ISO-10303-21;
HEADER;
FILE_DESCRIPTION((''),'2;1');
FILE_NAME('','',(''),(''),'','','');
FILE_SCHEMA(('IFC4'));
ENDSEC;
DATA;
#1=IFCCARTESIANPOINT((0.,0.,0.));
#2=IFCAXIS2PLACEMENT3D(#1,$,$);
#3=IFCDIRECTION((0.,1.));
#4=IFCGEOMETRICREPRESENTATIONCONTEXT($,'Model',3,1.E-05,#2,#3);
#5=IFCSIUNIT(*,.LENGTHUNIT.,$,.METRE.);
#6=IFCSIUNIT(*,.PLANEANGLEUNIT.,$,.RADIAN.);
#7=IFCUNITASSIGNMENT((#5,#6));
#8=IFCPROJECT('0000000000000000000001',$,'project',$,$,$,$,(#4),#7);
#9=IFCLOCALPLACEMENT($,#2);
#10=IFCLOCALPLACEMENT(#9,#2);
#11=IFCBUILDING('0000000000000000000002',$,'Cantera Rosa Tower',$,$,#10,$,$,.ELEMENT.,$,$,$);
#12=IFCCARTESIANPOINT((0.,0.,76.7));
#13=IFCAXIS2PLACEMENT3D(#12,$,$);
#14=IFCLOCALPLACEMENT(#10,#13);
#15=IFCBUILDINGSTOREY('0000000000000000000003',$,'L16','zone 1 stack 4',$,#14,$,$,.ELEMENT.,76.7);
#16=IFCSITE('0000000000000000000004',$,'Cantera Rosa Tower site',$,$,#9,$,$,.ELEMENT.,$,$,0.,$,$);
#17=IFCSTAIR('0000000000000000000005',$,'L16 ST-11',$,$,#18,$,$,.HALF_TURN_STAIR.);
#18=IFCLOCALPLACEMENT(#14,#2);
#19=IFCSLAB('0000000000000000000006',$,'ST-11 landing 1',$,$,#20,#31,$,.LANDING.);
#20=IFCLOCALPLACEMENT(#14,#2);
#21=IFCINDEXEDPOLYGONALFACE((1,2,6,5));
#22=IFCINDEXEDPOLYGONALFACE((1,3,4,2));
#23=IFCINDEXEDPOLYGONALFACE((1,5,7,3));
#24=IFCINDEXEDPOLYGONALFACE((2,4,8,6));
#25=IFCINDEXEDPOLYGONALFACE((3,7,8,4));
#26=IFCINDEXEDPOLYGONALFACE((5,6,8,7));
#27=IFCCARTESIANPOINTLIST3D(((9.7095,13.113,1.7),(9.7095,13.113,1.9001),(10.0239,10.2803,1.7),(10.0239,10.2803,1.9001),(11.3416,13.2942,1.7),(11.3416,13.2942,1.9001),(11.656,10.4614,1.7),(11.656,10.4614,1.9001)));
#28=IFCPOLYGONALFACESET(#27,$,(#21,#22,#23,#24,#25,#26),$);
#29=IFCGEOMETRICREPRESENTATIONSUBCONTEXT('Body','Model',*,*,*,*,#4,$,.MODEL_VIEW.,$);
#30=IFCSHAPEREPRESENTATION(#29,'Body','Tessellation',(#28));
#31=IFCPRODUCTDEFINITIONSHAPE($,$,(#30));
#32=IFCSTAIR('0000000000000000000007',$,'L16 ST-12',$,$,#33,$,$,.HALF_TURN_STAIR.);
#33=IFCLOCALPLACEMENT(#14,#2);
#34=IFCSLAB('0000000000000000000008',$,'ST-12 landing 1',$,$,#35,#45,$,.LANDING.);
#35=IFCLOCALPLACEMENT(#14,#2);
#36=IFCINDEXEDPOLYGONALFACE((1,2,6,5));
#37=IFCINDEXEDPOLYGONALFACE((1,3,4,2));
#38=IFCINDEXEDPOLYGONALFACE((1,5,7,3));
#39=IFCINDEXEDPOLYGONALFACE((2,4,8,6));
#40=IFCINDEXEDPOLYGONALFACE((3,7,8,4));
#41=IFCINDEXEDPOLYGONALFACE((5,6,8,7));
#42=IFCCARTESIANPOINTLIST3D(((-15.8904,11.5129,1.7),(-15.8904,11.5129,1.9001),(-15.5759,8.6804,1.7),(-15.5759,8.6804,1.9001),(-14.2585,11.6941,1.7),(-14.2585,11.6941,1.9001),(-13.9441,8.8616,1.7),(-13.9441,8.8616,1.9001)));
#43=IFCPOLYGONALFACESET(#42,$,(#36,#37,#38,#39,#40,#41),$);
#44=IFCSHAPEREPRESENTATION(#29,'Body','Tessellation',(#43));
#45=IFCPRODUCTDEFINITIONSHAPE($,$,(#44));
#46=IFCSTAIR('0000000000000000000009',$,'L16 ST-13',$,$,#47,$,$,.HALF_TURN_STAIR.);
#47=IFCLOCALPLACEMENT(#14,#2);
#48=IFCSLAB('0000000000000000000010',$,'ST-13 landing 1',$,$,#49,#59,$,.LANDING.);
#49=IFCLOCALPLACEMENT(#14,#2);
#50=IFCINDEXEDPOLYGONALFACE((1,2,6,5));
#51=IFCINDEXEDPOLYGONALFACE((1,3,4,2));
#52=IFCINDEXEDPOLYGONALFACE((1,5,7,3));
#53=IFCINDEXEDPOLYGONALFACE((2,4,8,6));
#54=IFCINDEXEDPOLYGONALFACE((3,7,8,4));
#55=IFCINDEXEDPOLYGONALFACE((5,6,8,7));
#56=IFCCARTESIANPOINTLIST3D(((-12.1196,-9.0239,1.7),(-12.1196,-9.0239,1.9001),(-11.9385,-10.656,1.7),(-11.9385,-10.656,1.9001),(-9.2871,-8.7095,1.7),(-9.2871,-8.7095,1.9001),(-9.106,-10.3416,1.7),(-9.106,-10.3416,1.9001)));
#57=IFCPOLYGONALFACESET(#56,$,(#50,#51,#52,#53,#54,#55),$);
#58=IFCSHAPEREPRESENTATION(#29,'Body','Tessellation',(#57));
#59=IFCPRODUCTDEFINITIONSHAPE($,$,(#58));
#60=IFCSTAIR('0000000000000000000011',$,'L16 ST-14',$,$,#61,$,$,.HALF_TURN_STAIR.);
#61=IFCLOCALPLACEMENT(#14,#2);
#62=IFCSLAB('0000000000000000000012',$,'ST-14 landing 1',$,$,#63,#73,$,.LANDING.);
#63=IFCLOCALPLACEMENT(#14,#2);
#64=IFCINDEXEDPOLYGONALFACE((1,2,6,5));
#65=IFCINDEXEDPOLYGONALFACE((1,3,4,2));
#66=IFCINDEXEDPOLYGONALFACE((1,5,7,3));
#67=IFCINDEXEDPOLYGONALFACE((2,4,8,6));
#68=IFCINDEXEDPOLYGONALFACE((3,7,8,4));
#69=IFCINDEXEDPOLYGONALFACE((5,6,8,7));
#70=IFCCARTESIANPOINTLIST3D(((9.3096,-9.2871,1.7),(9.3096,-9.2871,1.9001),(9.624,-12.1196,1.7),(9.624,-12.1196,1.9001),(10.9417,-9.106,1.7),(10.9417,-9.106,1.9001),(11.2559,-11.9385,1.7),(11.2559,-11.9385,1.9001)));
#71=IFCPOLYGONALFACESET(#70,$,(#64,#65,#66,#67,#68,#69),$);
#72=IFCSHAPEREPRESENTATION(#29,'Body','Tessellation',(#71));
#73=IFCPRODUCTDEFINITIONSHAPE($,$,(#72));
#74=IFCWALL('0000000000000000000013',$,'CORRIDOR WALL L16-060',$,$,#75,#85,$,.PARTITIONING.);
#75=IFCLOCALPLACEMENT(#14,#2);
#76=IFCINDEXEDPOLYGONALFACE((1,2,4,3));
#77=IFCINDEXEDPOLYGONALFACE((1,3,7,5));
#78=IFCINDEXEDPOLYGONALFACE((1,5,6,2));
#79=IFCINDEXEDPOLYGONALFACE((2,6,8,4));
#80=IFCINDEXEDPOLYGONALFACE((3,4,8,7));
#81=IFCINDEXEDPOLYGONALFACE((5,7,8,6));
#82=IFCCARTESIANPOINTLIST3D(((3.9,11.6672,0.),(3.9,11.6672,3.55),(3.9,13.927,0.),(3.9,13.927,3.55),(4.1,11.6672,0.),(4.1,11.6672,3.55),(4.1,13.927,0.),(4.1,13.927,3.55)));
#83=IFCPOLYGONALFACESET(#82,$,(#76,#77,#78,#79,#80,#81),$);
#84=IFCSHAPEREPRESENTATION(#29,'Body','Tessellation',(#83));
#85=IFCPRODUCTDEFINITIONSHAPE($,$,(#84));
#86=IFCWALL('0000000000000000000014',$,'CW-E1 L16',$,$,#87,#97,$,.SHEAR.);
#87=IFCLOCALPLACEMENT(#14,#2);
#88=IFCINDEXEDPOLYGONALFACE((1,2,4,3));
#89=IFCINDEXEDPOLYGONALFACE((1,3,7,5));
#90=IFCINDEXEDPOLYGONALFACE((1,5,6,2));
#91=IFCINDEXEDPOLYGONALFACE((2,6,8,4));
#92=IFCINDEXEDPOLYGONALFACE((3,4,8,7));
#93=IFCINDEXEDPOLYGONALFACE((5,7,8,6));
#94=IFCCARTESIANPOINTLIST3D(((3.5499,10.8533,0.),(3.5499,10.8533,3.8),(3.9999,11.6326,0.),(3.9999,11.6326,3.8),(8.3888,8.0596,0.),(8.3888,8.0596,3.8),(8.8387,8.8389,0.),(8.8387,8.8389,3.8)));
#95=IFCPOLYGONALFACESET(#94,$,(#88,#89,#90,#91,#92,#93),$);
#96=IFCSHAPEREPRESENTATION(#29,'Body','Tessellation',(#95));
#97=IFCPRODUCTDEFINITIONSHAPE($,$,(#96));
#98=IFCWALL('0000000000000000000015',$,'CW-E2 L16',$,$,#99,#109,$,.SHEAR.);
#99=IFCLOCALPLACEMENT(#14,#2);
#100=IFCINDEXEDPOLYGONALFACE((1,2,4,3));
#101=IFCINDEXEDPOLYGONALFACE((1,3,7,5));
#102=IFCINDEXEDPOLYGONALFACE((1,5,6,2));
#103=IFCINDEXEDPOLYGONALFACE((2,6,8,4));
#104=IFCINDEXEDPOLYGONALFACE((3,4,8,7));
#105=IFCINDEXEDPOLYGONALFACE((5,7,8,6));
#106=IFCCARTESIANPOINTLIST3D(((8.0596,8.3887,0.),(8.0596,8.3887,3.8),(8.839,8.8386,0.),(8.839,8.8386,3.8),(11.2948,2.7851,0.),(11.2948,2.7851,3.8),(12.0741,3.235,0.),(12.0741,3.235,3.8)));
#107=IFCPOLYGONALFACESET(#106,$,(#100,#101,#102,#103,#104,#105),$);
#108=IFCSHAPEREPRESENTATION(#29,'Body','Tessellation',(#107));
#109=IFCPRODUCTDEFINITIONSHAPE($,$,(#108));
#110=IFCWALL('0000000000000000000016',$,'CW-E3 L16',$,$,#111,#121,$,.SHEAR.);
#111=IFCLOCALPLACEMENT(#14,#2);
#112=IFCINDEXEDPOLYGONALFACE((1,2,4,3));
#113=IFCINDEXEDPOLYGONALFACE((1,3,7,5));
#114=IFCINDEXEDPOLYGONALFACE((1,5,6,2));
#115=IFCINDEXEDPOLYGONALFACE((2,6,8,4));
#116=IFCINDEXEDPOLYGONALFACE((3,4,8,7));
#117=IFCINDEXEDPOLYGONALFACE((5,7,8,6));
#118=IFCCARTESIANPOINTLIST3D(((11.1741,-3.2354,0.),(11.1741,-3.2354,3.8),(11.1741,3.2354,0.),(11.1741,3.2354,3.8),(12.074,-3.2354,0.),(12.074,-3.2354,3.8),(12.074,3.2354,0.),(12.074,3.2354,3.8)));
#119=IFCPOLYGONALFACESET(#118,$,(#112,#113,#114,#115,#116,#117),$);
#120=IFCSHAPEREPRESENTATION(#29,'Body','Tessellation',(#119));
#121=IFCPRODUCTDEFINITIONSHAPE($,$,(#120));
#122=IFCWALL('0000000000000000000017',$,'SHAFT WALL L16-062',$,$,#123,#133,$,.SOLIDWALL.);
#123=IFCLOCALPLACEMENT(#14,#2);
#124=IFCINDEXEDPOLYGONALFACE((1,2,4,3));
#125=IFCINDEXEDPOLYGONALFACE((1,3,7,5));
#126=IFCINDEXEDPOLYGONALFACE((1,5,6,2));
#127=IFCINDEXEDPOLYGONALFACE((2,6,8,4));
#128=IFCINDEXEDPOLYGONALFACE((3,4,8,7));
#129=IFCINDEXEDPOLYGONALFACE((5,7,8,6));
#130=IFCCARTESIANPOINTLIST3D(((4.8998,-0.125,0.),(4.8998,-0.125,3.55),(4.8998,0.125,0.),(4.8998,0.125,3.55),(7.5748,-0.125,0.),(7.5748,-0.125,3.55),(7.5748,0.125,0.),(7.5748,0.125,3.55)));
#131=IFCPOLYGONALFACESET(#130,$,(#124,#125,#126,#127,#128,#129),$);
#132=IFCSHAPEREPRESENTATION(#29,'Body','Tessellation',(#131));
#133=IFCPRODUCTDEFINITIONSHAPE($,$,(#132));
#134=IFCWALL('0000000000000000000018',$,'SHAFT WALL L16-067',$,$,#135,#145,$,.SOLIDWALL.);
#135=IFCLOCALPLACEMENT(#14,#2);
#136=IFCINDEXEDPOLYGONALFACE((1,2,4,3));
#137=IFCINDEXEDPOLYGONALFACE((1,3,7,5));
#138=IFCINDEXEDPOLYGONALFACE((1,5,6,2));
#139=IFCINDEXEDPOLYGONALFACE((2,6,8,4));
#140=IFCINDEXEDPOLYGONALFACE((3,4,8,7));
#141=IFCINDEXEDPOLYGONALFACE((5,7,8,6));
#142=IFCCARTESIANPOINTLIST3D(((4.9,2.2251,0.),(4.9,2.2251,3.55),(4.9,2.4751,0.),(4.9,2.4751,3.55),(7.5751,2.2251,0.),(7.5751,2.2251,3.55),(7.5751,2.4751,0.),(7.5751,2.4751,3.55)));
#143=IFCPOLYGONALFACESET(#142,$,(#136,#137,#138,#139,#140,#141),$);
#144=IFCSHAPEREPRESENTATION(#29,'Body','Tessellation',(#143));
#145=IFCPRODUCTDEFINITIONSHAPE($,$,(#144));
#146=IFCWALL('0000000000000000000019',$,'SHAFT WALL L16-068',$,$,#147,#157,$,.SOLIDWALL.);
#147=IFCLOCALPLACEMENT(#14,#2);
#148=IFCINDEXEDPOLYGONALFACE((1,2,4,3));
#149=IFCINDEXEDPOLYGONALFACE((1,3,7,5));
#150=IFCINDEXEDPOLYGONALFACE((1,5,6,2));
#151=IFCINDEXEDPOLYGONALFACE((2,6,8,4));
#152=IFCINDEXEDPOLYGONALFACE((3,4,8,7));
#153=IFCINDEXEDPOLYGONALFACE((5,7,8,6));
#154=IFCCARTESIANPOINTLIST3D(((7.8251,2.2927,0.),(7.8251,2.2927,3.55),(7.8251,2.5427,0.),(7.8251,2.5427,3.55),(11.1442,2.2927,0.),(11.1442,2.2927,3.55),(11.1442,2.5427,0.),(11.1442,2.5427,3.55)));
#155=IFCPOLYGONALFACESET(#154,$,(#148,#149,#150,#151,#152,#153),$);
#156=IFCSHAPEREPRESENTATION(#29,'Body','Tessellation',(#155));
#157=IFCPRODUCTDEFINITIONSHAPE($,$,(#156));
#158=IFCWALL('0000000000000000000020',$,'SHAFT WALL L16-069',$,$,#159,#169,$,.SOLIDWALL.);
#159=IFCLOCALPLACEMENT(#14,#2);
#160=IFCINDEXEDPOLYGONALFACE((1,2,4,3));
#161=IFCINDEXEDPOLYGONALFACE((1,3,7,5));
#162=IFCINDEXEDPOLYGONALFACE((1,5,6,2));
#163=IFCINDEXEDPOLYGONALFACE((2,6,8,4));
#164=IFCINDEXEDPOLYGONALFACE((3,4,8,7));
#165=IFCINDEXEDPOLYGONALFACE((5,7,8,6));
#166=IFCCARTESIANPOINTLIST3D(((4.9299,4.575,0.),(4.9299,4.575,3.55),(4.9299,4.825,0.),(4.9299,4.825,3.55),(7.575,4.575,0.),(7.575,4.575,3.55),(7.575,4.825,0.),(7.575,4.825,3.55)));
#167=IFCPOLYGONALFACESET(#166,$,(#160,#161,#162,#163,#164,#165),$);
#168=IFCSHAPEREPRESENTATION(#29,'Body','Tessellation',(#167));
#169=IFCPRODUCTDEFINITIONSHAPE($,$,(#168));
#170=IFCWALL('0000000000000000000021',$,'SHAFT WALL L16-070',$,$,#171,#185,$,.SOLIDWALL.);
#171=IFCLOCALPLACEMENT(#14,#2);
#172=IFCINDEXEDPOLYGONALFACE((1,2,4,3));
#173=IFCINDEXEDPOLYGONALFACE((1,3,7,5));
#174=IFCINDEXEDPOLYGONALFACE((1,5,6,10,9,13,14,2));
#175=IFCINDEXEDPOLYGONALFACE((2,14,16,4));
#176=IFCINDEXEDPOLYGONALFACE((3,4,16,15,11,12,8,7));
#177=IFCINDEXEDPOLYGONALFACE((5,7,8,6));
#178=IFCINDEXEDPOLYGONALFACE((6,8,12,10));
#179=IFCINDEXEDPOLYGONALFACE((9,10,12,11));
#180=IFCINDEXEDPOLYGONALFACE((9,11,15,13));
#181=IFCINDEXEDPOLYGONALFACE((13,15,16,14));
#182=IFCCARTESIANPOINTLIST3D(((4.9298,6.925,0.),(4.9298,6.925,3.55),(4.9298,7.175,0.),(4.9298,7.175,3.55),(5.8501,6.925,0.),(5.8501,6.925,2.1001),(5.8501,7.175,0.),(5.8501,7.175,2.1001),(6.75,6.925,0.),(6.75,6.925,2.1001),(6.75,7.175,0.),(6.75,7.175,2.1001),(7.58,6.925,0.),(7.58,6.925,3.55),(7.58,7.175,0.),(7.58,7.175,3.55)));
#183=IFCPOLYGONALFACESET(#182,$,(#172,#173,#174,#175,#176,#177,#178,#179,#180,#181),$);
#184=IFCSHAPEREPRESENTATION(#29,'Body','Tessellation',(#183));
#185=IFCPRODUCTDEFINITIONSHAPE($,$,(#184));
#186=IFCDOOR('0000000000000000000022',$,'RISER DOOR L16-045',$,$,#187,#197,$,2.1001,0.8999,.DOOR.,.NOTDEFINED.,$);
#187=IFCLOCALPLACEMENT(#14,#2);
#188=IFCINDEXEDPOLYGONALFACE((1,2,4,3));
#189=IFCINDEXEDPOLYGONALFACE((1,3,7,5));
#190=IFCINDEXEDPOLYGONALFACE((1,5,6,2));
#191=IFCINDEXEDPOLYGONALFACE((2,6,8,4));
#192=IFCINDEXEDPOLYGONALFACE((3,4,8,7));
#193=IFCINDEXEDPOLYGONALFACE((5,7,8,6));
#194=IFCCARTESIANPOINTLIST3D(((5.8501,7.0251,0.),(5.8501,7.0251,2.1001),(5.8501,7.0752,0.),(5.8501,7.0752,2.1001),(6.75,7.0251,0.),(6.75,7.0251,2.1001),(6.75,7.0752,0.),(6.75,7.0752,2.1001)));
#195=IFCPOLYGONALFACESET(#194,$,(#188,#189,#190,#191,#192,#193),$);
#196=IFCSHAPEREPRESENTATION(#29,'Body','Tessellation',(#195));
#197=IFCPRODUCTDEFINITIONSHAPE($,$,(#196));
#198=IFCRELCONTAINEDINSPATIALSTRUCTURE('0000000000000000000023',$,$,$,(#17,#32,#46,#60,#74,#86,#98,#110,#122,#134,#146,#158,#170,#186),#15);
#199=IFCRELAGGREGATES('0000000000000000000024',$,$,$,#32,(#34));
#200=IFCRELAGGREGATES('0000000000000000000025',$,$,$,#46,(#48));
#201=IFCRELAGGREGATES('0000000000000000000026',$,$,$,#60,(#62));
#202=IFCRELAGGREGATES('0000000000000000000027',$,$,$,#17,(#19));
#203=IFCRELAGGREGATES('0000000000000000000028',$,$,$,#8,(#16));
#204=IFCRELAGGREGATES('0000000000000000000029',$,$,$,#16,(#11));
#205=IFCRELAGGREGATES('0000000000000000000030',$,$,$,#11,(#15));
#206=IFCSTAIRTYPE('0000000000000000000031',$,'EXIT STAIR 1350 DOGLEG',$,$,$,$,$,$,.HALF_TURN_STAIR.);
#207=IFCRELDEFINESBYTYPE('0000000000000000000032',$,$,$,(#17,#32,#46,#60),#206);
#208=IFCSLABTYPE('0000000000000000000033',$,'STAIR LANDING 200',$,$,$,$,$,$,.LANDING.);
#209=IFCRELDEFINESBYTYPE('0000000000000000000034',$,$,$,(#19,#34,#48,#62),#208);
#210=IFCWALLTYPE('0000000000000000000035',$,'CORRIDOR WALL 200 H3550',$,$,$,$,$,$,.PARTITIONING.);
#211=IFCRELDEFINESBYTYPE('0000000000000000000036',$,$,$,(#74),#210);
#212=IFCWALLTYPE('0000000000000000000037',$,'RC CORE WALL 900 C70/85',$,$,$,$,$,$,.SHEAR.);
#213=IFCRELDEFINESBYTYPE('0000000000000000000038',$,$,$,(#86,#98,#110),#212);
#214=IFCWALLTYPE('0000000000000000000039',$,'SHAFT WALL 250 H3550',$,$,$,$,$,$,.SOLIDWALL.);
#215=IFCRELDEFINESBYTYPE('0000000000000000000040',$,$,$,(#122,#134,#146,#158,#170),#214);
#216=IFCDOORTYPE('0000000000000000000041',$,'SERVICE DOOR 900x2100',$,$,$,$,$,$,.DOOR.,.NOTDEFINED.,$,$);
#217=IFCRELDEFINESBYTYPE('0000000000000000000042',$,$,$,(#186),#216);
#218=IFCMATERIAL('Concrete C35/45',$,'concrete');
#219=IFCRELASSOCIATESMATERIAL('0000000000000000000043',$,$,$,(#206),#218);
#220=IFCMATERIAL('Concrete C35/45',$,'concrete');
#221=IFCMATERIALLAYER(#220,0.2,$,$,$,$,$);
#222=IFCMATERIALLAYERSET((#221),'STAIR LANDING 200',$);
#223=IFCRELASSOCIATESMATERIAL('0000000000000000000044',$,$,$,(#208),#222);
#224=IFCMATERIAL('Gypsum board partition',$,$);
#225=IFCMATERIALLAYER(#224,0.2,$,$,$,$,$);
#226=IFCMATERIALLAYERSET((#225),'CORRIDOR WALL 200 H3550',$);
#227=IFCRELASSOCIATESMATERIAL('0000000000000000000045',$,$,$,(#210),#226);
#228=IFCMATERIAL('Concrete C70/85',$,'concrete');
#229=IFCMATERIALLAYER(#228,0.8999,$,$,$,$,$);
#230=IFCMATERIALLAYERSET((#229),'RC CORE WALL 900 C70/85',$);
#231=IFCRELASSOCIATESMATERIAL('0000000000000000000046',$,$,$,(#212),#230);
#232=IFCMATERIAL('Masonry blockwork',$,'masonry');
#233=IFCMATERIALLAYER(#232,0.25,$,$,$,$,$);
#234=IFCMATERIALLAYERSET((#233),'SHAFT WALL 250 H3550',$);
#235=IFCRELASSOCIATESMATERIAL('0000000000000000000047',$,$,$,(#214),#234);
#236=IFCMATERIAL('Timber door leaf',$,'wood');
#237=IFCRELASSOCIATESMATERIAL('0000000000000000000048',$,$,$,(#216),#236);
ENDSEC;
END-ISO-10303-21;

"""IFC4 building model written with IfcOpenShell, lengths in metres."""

from ifc_helpers import new_model, si_unit, direction, frame, frame_2d, origin, place, context, subcontext, project, spatial, polyline, rectangle, outline, extrude, material, layer, layer_set, type_object, element, fill, aggregate, save


model = new_model("IFC4")

# Units and contexts
model_context = context("Model", 3, precision=1e-05, world=origin(), true_north=direction((0.0, 1.0)))
body_context = subcontext(model_context, "Body", "Model", "MODEL_VIEW")
ifc_project = project(units=[si_unit("LENGTHUNIT", "METRE"), si_unit("PLANEANGLEUNIT", "RADIAN")], contexts=[model_context])

# Site, building, storey
site_placement = place(None, origin())
site = spatial("IfcSite", under=ifc_project, at=site_placement, Name="Cantera Rosa Tower site", CompositionType="ELEMENT", RefElevation=0.0)
building_placement = place(site_placement, origin())
building = spatial("IfcBuilding", under=site, at=building_placement, Name="Cantera Rosa Tower", CompositionType="ELEMENT")
storey_placement = place(building_placement, frame((0.0, 0.0, 76.7)))
storey = spatial("IfcBuildingStorey", under=building, at=storey_placement, Name="L16", Description="zone 1 stack 4", CompositionType="ELEMENT", Elevation=76.7)

# Stairs, slabs
ifc_material_1 = material(Name="Concrete C35/45", Category="concrete")
stair_type = type_object("IfcStairType", Name="EXIT STAIR 1350 DOGLEG", PredefinedType="HALF_TURN_STAIR", material=ifc_material_1)
stair_1_placement = place(storey_placement, origin())
stair_1 = element("IfcStair", 1, at=stair_1_placement, inside=storey, type_object=stair_type, Name="L16 ST-11", PredefinedType="HALF_TURN_STAIR")
ifc_material_2 = material(Name="Concrete C35/45", Category="concrete")
ifc_layer_1 = layer(ifc_material_2, 0.2)
ifc_layer_set_1 = layer_set([ifc_layer_1], Name="STAIR LANDING 200")
slab_type = type_object("IfcSlabType", Name="STAIR LANDING 200", PredefinedType="LANDING", material=ifc_layer_set_1)
slab_1_placement = place(storey_placement, frame((0.0, 0.0, 1.7)))
slab_1 = element("IfcSlab", 2, at=slab_1_placement, type_object=slab_type, Name="ST-11 landing 1", PredefinedType="LANDING", context=body_context, shape_type="SweptSolid", body=[
    extrude(outline(polyline([(11.3416, 13.2942), (9.7095, 13.113), (10.0239, 10.2803), (11.656, 10.4614), (11.3416, 13.2942)])), origin(), (0.0, 0.0, 1.0), 0.2002),
])
stair_2_placement = place(storey_placement, origin())
stair_2 = element("IfcStair", 3, at=stair_2_placement, inside=storey, type_object=stair_type, Name="L16 ST-12", PredefinedType="HALF_TURN_STAIR")
slab_2_placement = place(storey_placement, frame((0.0, 0.0, 1.7)))
slab_2 = element("IfcSlab", 4, at=slab_2_placement, type_object=slab_type, Name="ST-12 landing 1", PredefinedType="LANDING", context=body_context, shape_type="SweptSolid", body=[
    extrude(outline(polyline([(-14.2585, 11.6941), (-15.8904, 11.5129), (-15.5759, 8.6804), (-13.9441, 8.8616), (-14.2585, 11.6941)])), origin(), (0.0, 0.0, 1.0), 0.2002),
])
aggregate(stair_2, [slab_2])
stair_3_placement = place(storey_placement, origin())
stair_3 = element("IfcStair", 5, at=stair_3_placement, inside=storey, type_object=stair_type, Name="L16 ST-13", PredefinedType="HALF_TURN_STAIR")
slab_3_placement = place(storey_placement, frame((0.0, 0.0, 1.7)))
slab_3 = element("IfcSlab", 6, at=slab_3_placement, type_object=slab_type, Name="ST-13 landing 1", PredefinedType="LANDING", context=body_context, shape_type="SweptSolid", body=[
    extrude(outline(polyline([(-9.106, -10.3416), (-9.2871, -8.7095), (-12.1196, -9.0239), (-11.9385, -10.656), (-9.106, -10.3416)])), origin(), (0.0, 0.0, 1.0), 0.2002),
])
aggregate(stair_3, [slab_3])
stair_4_placement = place(storey_placement, origin())
stair_4 = element("IfcStair", 7, at=stair_4_placement, inside=storey, type_object=stair_type, Name="L16 ST-14", PredefinedType="HALF_TURN_STAIR")
slab_4_placement = place(storey_placement, frame((0.0, 0.0, 1.7)))
slab_4 = element("IfcSlab", 8, at=slab_4_placement, type_object=slab_type, Name="ST-14 landing 1", PredefinedType="LANDING", context=body_context, shape_type="SweptSolid", body=[
    extrude(outline(polyline([(10.9417, -9.106), (9.3096, -9.2871), (9.624, -12.1196), (11.2559, -11.9385), (10.9417, -9.106)])), origin(), (0.0, 0.0, 1.0), 0.2002),
])
aggregate(stair_4, [slab_4])

# Walls
ifc_material_3 = material(Name="Gypsum board partition")
ifc_layer_2 = layer(ifc_material_3, 0.2)
ifc_layer_set_2 = layer_set([ifc_layer_2], Name="CORRIDOR WALL 200 H3550")
wall_type_1 = type_object("IfcWallType", Name="CORRIDOR WALL 200 H3550", PredefinedType="PARTITIONING", material=ifc_layer_set_2)
wall_1_placement = place(storey_placement, frame((4.0, 11.6672, 0.0), z_axis=(0.0, 0.0, 1.0), x_axis=(0.0, 1.0, 0.0)))
element("IfcWall", 9, at=wall_1_placement, inside=storey, type_object=wall_type_1, Name="CORRIDOR WALL L16-060", PredefinedType="PARTITIONING", context=body_context, shape_type="SweptSolid", body=[
    extrude(rectangle(XDim=2.2598, YDim=0.2, at=frame_2d((1.1299, 0.0))), origin(), (0.0, 0.0, 1.0), 3.55),
])
ifc_material_4 = material(Name="Concrete C70/85", Category="concrete")
ifc_layer_3 = layer(ifc_material_4, 0.8999)
ifc_layer_set_3 = layer_set([ifc_layer_3], Name="RC CORE WALL 900 C70/85")
wall_type_2 = type_object("IfcWallType", Name="RC CORE WALL 900 C70/85", PredefinedType="SHEAR", material=ifc_layer_set_3)
wall_2_placement = place(storey_placement, frame((3.7749, 11.2429, 0.0), z_axis=(0.0, 0.0, 1.0), x_axis=(0.866027, -0.499997, 0.0)))
element("IfcWall", 10, at=wall_2_placement, inside=storey, type_object=wall_type_2, Name="CW-E1 L16", PredefinedType="SHEAR", context=body_context, shape_type="SweptSolid", body=[
    extrude(rectangle(XDim=5.5874, YDim=0.8999, at=frame_2d((2.7937, 0.0))), origin(), (0.0, 0.0, 1.0), 3.8),
])
wall_3_placement = place(storey_placement, frame((8.4492, 8.6138, 0.0), z_axis=(0.0, 0.0, 1.0), x_axis=(0.49999, -0.866031, 0.0)))
element("IfcWall", 11, at=wall_3_placement, inside=storey, type_object=wall_type_2, Name="CW-E2 L16", PredefinedType="SHEAR", context=body_context, shape_type="SweptSolid", body=[
    extrude(rectangle(XDim=6.4705, YDim=0.8999, at=frame_2d((3.2354, 0.0))), origin(), (0.0, 0.0, 1.0), 3.8),
])
wall_4_placement = place(storey_placement, frame((11.624, 3.2354, 0.0), z_axis=(0.0, 0.0, 1.0), x_axis=(0.0, -1.0, 0.0)))
element("IfcWall", 12, at=wall_4_placement, inside=storey, type_object=wall_type_2, Name="CW-E3 L16", PredefinedType="SHEAR", context=body_context, shape_type="SweptSolid", body=[
    extrude(rectangle(XDim=6.4707, YDim=0.8999, at=frame_2d((3.2354, 0.0))), origin(), (0.0, 0.0, 1.0), 3.8),
])
ifc_material_5 = material(Name="Masonry blockwork", Category="masonry")
ifc_layer_4 = layer(ifc_material_5, 0.25)
ifc_layer_set_4 = layer_set([ifc_layer_4], Name="SHAFT WALL 250 H3550")
wall_type_3 = type_object("IfcWallType", Name="SHAFT WALL 250 H3550", PredefinedType="SOLIDWALL", material=ifc_layer_set_4)
for number, where, z_axis, x_axis, name in (
    (13, (4.8999, 0.0, 0.0), (0.0, 0.0, 1.0), (1.0, 0.0, 0.0), "SHAFT WALL L16-062"),
    (14, (7.575, 2.3501, 0.0), (0.0, 0.0, 1.0), (-1.0, 0.0, 0.0), "SHAFT WALL L16-067"),
):
    element("IfcWall", number, at=place(storey_placement, frame(where, z_axis=z_axis, x_axis=x_axis)), inside=storey, type_object=wall_type_3, Name=name, PredefinedType="SOLIDWALL", context=body_context, shape_type="SweptSolid", body=[
        extrude(rectangle(XDim=2.675, YDim=0.25, at=frame_2d((1.3374, 0.0))), origin(), (0.0, 0.0, 1.0), 3.55),
    ])
wall_5_placement = place(storey_placement, frame((7.825, 2.4177, 0.0), z_axis=(0.0, 0.0, 1.0), x_axis=(1.0, 0.0, 0.0)))
element("IfcWall", 15, at=wall_5_placement, inside=storey, type_object=wall_type_3, Name="SHAFT WALL L16-068", PredefinedType="SOLIDWALL", context=body_context, shape_type="SweptSolid", body=[
    extrude(rectangle(XDim=3.3191, YDim=0.25, at=frame_2d((1.6597, 0.0))), origin(), (0.0, 0.0, 1.0), 3.55),
])
wall_6_placement = place(storey_placement, frame((7.575, 4.7, 0.0), z_axis=(0.0, 0.0, 1.0), x_axis=(-1.0, 0.0, 0.0)))
element("IfcWall", 16, at=wall_6_placement, inside=storey, type_object=wall_type_3, Name="SHAFT WALL L16-069", PredefinedType="SOLIDWALL", context=body_context, shape_type="SweptSolid", body=[
    extrude(rectangle(XDim=2.645, YDim=0.25, at=frame_2d((1.3225, 0.0))), origin(), (0.0, 0.0, 1.0), 3.55),
])

# Wall, opening, door
wall_7_placement = place(storey_placement, frame((7.5801, 7.05, 0.0), z_axis=(0.0, 0.0, 1.0), x_axis=(-1.0, 0.0, 0.0)))
wall_7 = element("IfcWall", 17, at=wall_7_placement, inside=storey, type_object=wall_type_3, Name="SHAFT WALL L16-070", PredefinedType="SOLIDWALL", context=body_context, shape_type="SweptSolid", body=[
    extrude(rectangle(XDim=2.6501, YDim=0.25, at=frame_2d((1.3252, 0.0))), origin(), (0.0, 0.0, 1.0), 3.55),
])
opening_placement = place(wall_7_placement, frame((0.8301, 0.0, 0.0)))
opening = element("IfcOpeningElement", 18, at=opening_placement, cuts=wall_7, PredefinedType="OPENING", context=body_context, shape_type="SweptSolid", body=[
    extrude(rectangle(XDim=0.8999, YDim=2.1001, at=frame_2d((0.45, 1.05))), frame((0.0, 0.135, 0.0), z_axis=(0.0, -1.0, 0.0), x_axis=(1.0, 0.0, 0.0)), (0.0, 0.0, 1.0), 0.27),
])
ifc_material_6 = material(Name="Timber door leaf", Category="wood")
door_type = type_object("IfcDoorType", Name="SERVICE DOOR 900x2100", OperationType="NOTDEFINED", PredefinedType="DOOR", material=ifc_material_6)
door_placement = place(opening_placement, origin())
door = element("IfcDoor", 19, at=door_placement, inside=storey, type_object=door_type, Name="RISER DOOR L16-045", OperationType="NOTDEFINED", OverallHeight=2.1001, OverallWidth=0.8999, PredefinedType="DOOR", context=body_context, shape_type="SweptSolid", body=[
    extrude(rectangle(XDim=0.8999, YDim=2.1001, at=frame_2d((0.45, 1.05))), frame((0.0, 0.0249, 0.0), z_axis=(0.0, -1.0, 0.0), x_axis=(1.0, 0.0, 0.0)), (0.0, 0.0, 1.0), 0.05),
])
fill(opening, door)

aggregate(stair_1, [slab_1])

save(model, "model.ifc")
